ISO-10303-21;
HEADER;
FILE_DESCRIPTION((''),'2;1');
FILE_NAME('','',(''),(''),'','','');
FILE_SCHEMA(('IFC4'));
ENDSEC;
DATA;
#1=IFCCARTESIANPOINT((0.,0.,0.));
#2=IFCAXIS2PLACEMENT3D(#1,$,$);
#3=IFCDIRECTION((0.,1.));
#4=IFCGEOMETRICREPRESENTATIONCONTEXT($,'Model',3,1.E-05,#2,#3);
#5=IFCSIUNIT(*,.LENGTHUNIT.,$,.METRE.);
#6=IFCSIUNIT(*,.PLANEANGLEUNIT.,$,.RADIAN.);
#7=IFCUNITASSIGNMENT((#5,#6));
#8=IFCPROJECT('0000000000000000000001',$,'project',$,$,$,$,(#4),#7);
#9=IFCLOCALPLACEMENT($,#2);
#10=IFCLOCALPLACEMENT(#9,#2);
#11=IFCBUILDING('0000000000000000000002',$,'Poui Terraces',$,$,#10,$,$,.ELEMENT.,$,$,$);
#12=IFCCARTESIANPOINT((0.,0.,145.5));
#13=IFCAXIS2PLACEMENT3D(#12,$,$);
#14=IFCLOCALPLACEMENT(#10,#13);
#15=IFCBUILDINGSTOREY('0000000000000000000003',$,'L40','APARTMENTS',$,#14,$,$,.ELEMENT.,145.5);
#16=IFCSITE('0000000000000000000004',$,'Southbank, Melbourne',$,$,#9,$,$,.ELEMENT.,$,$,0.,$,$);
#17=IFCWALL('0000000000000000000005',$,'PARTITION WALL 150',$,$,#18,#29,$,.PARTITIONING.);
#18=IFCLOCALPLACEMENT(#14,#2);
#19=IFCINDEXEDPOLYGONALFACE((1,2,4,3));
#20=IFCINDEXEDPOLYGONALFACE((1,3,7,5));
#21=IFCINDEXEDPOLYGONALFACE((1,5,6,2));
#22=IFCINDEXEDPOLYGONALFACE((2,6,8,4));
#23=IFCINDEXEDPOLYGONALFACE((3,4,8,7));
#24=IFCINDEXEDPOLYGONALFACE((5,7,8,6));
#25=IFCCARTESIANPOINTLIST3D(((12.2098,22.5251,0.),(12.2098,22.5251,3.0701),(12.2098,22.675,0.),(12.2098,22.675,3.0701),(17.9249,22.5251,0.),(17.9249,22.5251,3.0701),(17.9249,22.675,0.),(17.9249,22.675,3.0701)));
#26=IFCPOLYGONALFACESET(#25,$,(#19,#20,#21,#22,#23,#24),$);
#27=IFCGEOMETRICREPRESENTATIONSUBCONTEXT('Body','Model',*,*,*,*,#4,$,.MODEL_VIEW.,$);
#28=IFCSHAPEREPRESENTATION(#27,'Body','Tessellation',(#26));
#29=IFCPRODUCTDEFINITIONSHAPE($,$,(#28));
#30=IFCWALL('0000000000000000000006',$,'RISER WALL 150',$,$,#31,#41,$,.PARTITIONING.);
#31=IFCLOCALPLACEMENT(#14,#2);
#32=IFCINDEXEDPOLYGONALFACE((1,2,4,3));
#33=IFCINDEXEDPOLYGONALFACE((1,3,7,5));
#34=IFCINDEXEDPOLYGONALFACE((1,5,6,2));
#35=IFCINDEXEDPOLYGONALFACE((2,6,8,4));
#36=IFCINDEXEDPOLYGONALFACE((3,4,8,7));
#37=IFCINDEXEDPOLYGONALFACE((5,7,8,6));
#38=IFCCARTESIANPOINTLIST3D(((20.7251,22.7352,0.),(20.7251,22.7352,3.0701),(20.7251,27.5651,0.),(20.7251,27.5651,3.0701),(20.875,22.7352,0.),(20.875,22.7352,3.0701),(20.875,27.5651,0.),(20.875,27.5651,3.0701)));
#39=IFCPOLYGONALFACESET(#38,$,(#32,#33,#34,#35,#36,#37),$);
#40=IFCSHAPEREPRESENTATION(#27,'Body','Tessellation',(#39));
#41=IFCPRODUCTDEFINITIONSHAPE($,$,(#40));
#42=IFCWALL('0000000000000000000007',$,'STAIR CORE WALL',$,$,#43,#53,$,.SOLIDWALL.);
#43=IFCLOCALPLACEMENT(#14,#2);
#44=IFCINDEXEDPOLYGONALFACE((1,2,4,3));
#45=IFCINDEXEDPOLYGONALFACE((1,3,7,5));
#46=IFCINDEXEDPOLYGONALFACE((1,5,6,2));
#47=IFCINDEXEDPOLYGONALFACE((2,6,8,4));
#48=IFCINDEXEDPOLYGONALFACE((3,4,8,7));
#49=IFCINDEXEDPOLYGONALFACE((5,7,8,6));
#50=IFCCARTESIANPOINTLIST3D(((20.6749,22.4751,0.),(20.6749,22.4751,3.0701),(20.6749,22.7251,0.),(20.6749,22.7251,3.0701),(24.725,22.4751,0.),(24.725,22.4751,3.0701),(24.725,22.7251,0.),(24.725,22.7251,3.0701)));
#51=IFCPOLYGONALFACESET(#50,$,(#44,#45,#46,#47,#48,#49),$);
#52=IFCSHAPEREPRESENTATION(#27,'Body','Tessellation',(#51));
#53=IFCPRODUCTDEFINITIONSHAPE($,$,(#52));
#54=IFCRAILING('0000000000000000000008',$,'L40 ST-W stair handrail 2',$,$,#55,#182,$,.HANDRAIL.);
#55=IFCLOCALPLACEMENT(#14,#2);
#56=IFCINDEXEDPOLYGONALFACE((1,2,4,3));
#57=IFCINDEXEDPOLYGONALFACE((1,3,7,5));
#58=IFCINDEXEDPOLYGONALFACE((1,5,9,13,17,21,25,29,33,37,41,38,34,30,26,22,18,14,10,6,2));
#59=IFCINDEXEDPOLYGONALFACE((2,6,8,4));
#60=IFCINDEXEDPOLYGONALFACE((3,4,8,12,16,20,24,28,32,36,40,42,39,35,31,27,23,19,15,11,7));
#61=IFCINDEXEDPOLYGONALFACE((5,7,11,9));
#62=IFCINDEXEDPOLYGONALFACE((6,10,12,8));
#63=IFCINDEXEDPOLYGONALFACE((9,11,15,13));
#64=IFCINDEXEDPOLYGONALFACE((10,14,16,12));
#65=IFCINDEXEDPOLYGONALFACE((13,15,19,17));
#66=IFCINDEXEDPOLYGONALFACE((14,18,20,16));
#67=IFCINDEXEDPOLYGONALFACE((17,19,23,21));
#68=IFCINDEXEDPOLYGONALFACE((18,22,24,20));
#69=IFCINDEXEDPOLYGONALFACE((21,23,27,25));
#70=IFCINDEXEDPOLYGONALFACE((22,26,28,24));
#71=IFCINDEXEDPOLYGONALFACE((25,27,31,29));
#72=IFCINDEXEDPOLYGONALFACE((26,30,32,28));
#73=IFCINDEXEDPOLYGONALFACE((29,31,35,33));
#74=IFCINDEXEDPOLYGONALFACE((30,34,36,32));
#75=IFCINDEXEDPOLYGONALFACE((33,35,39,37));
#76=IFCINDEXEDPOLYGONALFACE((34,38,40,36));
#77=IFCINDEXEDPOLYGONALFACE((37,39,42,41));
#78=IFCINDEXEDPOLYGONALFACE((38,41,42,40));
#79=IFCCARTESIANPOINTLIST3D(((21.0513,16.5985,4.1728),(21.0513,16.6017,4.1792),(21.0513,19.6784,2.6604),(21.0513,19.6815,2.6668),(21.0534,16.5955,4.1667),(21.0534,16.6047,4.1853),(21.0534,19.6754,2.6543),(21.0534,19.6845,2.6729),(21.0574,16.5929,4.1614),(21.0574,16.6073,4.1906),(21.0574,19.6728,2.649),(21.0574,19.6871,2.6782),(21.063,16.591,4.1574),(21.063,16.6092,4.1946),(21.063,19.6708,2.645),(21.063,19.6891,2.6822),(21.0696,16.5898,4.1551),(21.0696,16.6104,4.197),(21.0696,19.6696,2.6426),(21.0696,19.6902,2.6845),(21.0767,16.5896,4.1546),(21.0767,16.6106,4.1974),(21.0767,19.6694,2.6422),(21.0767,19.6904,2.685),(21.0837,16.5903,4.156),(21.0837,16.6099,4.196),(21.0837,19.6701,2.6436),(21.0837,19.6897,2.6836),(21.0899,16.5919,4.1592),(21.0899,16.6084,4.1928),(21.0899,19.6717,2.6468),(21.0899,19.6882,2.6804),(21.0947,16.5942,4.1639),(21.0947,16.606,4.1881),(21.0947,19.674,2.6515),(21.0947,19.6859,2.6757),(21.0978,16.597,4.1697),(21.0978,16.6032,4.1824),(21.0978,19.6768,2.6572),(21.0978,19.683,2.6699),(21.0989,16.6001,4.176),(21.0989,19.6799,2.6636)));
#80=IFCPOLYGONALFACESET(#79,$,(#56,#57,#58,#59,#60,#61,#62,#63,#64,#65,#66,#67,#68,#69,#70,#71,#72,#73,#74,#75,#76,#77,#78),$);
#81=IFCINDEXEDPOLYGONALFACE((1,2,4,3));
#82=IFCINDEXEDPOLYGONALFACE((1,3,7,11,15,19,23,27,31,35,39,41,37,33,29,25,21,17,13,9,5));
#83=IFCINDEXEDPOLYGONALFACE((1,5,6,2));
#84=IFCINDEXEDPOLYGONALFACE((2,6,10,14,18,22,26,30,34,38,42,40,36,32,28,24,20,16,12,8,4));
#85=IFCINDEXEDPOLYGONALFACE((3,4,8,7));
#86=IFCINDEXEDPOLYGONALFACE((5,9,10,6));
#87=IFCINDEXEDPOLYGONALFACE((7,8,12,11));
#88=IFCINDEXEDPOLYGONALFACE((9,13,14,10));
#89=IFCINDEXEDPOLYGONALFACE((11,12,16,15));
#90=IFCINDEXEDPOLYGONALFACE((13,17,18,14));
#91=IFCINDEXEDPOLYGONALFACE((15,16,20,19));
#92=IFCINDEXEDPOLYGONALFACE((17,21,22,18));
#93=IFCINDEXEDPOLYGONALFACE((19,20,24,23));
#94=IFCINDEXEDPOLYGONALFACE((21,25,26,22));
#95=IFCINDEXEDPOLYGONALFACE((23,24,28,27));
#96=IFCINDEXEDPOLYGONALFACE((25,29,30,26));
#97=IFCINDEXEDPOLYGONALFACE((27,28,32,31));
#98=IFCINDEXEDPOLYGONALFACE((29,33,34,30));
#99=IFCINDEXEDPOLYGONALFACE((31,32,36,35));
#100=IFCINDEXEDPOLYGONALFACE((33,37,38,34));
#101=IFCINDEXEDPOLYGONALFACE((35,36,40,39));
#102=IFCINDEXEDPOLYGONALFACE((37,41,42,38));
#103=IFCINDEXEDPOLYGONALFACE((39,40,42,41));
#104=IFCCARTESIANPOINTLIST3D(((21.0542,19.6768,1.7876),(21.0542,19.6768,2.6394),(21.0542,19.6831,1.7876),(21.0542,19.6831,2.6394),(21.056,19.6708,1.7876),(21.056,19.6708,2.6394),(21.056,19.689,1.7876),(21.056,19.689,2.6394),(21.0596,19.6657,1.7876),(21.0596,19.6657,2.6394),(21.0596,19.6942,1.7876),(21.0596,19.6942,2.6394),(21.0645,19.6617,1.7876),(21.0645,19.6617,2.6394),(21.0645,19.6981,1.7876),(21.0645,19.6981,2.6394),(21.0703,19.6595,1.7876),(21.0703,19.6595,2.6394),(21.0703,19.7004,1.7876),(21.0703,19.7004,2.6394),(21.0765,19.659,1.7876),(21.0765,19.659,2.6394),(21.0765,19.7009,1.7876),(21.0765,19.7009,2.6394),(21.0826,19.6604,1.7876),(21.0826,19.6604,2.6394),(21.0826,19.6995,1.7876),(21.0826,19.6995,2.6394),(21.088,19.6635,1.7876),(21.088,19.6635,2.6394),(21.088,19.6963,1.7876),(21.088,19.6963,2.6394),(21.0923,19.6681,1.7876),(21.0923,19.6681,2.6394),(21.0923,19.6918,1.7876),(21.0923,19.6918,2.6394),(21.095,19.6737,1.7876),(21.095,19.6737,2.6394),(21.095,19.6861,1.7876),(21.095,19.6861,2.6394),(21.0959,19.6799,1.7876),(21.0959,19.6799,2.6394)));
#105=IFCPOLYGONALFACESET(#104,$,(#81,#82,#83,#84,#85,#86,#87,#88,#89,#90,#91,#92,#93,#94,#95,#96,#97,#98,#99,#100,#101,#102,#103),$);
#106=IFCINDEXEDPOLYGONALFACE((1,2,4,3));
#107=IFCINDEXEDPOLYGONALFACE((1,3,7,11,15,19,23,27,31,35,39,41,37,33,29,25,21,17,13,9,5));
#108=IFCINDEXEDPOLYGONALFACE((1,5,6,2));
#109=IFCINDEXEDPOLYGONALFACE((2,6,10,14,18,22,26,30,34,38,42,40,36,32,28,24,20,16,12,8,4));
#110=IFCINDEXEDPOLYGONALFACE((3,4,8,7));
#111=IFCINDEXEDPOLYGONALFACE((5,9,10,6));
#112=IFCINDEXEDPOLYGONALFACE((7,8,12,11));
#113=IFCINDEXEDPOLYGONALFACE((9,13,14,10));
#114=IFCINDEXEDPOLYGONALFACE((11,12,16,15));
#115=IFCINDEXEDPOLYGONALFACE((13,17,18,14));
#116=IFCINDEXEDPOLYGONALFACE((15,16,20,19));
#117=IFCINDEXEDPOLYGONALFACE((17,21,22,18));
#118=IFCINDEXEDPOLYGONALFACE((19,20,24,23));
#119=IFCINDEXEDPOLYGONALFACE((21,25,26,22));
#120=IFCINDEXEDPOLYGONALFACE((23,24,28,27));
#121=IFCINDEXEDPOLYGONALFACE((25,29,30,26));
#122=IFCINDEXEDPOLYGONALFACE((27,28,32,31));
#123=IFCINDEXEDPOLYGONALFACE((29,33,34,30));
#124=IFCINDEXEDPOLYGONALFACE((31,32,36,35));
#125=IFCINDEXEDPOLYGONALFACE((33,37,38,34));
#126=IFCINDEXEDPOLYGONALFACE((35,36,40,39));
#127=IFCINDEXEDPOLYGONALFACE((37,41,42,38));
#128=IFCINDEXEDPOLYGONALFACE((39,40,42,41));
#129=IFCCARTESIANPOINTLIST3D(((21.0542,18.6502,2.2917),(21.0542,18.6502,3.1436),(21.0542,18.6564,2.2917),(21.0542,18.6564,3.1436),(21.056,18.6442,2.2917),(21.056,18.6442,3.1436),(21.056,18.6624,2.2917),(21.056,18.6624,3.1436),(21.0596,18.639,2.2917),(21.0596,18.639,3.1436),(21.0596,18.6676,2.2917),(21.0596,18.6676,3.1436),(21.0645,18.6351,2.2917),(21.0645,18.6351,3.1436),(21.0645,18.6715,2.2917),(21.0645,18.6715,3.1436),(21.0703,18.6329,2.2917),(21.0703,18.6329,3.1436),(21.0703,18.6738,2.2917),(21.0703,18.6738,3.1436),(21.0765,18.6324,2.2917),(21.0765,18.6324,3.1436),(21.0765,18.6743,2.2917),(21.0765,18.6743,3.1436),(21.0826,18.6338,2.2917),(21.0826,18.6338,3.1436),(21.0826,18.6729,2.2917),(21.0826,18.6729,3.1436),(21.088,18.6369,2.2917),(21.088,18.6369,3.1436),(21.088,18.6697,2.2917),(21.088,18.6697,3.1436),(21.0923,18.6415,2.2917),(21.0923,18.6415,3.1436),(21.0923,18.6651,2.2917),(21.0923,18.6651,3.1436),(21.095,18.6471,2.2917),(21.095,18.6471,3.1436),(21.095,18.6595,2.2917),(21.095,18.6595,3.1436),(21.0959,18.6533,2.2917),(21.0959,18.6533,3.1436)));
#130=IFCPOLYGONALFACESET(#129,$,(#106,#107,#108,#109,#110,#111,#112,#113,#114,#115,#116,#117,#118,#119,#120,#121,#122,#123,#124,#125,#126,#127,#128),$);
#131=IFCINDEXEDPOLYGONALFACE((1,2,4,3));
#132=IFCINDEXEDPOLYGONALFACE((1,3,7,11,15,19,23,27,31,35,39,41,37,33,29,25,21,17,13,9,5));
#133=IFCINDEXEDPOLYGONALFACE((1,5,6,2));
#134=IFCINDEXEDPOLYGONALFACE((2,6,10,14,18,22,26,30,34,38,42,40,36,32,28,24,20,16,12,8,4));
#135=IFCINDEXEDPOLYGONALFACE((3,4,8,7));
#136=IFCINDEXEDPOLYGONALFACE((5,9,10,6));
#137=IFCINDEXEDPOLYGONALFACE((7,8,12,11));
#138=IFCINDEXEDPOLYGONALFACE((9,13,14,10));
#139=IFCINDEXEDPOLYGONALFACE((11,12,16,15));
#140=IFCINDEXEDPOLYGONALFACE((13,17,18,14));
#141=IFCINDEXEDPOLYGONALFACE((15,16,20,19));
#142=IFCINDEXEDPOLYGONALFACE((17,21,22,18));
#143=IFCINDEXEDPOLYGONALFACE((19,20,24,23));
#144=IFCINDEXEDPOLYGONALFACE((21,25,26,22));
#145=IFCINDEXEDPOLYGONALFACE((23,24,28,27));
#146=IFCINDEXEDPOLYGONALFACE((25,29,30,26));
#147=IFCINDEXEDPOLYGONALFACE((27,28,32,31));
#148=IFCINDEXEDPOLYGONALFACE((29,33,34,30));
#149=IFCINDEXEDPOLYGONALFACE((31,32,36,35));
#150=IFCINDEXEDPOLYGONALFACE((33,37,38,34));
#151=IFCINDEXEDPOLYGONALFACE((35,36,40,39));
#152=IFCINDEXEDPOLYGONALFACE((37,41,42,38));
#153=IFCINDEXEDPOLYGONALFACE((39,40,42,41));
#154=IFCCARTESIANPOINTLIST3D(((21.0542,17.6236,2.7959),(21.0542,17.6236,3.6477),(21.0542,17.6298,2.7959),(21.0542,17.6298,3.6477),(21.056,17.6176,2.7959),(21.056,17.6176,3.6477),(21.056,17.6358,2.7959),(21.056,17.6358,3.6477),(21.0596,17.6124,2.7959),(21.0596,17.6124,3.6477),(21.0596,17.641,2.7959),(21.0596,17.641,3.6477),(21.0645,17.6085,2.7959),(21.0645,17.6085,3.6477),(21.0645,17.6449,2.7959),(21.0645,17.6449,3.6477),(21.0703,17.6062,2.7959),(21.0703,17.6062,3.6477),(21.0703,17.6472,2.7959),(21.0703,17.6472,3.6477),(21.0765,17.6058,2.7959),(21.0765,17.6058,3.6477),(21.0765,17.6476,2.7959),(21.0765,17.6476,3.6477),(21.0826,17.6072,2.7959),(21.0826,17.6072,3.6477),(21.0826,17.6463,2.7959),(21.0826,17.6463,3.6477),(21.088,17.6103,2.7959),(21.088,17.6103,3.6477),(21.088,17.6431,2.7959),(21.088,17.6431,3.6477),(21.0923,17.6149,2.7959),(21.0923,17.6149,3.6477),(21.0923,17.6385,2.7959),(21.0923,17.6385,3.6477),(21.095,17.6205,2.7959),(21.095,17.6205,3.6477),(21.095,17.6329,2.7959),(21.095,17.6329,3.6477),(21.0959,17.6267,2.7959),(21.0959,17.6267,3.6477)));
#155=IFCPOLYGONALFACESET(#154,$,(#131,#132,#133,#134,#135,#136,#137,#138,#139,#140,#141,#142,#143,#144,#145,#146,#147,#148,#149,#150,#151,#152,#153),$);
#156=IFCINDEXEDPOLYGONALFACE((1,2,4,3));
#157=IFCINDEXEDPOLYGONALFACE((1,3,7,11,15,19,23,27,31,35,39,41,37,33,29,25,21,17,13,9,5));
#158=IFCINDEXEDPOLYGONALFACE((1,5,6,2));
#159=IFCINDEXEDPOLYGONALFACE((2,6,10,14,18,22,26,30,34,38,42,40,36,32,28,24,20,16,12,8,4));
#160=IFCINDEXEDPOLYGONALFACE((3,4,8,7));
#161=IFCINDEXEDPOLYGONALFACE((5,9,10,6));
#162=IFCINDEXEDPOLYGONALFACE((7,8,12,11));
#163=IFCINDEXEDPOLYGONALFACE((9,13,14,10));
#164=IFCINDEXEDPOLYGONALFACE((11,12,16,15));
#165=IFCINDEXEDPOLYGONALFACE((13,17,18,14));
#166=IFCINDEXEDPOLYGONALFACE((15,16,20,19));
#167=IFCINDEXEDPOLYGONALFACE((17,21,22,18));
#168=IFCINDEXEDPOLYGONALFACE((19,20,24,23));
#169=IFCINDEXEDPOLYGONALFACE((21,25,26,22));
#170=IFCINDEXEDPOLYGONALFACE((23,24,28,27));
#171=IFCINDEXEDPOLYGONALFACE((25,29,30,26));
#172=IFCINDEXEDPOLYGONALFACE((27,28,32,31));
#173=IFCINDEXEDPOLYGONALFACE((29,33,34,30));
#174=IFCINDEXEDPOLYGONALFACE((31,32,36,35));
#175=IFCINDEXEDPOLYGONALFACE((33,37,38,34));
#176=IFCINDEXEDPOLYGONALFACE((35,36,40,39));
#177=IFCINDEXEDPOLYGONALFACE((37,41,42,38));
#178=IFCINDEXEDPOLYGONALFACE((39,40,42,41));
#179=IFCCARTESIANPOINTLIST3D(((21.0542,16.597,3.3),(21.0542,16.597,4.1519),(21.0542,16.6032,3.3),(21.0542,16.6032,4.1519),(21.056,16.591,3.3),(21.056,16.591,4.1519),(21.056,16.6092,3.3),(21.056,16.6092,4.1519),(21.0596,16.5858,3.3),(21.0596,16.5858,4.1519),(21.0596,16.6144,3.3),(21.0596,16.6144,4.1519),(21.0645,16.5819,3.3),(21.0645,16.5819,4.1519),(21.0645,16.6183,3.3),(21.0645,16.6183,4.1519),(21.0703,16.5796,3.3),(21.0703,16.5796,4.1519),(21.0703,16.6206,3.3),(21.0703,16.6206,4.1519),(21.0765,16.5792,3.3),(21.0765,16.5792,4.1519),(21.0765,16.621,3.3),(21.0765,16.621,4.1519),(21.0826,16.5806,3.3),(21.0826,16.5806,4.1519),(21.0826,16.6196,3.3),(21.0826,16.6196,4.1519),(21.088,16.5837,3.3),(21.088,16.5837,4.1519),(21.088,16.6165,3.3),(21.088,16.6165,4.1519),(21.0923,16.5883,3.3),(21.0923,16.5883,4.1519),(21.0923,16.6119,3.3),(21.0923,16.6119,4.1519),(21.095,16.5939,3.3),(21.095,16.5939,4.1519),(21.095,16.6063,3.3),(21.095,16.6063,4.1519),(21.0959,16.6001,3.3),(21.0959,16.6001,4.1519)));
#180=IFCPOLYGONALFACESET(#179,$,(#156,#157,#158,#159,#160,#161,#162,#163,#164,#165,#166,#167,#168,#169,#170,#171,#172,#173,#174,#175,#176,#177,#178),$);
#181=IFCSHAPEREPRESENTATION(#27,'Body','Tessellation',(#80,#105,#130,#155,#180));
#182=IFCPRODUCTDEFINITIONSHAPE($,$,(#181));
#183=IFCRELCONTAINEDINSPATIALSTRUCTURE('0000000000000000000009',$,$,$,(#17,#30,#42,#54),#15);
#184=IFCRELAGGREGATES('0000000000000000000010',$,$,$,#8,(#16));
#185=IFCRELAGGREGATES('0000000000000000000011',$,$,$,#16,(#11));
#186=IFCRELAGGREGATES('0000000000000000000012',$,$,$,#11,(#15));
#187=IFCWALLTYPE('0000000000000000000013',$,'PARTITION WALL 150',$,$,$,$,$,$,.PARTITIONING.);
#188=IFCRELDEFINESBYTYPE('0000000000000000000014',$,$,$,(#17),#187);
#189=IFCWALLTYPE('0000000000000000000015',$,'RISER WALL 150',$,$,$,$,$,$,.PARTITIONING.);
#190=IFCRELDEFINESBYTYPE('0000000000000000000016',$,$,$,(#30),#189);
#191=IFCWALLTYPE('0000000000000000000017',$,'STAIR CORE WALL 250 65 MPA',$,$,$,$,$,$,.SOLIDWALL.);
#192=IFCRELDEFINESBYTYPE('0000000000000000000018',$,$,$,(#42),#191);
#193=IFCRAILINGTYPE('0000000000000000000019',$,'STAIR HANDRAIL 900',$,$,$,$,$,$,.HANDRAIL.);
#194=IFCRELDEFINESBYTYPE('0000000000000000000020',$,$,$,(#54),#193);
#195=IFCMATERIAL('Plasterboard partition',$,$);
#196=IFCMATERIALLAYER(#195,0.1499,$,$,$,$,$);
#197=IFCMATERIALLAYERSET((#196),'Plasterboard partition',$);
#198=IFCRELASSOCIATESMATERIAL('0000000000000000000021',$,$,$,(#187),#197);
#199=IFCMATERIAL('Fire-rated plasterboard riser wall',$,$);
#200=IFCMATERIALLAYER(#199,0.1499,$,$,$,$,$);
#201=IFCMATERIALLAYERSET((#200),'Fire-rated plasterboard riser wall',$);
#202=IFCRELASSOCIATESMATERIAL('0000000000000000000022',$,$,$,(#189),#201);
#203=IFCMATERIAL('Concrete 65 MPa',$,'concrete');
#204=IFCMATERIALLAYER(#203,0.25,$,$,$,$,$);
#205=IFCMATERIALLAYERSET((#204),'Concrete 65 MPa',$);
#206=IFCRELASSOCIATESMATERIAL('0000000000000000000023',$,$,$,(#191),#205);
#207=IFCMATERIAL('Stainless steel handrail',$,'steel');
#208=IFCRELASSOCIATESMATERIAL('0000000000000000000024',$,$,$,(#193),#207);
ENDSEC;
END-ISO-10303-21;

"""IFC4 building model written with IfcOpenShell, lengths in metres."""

from ifc_helpers import new_model, si_unit, direction, frame, frame_2d, origin, origin_2d, place, context, subcontext, project, spatial, rectangle, circle, extrude, material, layer, layer_set, type_object, element, save


model = new_model("IFC4")

# Units and contexts
model_context = context("Model", 3, precision=1e-05, world=origin(), true_north=direction((0.0, 1.0)))
body_context = subcontext(model_context, "Body", "Model", "MODEL_VIEW")
ifc_project = project(units=[si_unit("LENGTHUNIT", "METRE"), si_unit("PLANEANGLEUNIT", "RADIAN")], contexts=[model_context])

# Site, building, storey
site_placement = place(None, origin())
site = spatial("IfcSite", under=ifc_project, at=site_placement, Name="Southbank, Melbourne", CompositionType="ELEMENT", RefElevation=0.0)
building_placement = place(site_placement, origin())
building = spatial("IfcBuilding", under=site, at=building_placement, Name="Poui Terraces", CompositionType="ELEMENT")
storey_placement = place(building_placement, frame((0.0, 0.0, 145.5)))
storey = spatial("IfcBuildingStorey", under=building, at=storey_placement, Name="L40", Description="APARTMENTS", CompositionType="ELEMENT", Elevation=145.5)

# Walls
ifc_material_1 = material(Name="Plasterboard partition")
ifc_layer_1 = layer(ifc_material_1, 0.1499)
ifc_layer_set_1 = layer_set([ifc_layer_1], Name="Plasterboard partition")
wall_type_1 = type_object("IfcWallType", Name="PARTITION WALL 150", PredefinedType="PARTITIONING", material=ifc_layer_set_1)
wall_1_placement = place(storey_placement, frame((12.21, 22.6001, 0.0), z_axis=(0.0, 0.0, 1.0), x_axis=(1.0, 0.0, 0.0)))
element("IfcWall", 1, at=wall_1_placement, inside=storey, type_object=wall_type_1, Name="PARTITION WALL 150", PredefinedType="PARTITIONING", context=body_context, shape_type="SweptSolid", body=[
    extrude(rectangle(XDim=5.7151, YDim=0.1499, at=frame_2d((2.8574, 0.0))), origin(), (0.0, 0.0, 1.0), 3.0701),
])
ifc_material_2 = material(Name="Fire-rated plasterboard riser wall")
ifc_layer_2 = layer(ifc_material_2, 0.1499)
ifc_layer_set_2 = layer_set([ifc_layer_2], Name="Fire-rated plasterboard riser wall")
wall_type_2 = type_object("IfcWallType", Name="RISER WALL 150", PredefinedType="PARTITIONING", material=ifc_layer_set_2)
wall_2_placement = place(storey_placement, frame((20.8, 22.7351, 0.0), z_axis=(0.0, 0.0, 1.0), x_axis=(0.0, 1.0, 0.0)))
element("IfcWall", 2, at=wall_2_placement, inside=storey, type_object=wall_type_2, Name="RISER WALL 150", PredefinedType="PARTITIONING", context=body_context, shape_type="SweptSolid", body=[
    extrude(rectangle(XDim=4.8298, YDim=0.1499, at=frame_2d((2.415, 0.0))), origin(), (0.0, 0.0, 1.0), 3.0701),
])

# Shared definitions
ifc_material_3 = material(Name="Concrete 65 MPa", Category="concrete")

# Wall
ifc_layer_3 = layer(ifc_material_3, 0.25)
ifc_layer_set_3 = layer_set([ifc_layer_3], Name="Concrete 65 MPa")
wall_type_3 = type_object("IfcWallType", Name="STAIR CORE WALL 250 65 MPA", PredefinedType="SOLIDWALL", material=ifc_layer_set_3)
wall_3_placement = place(storey_placement, frame((20.675, 22.6001, 0.0), z_axis=(0.0, 0.0, 1.0), x_axis=(1.0, 0.0, 0.0)))
element("IfcWall", 3, at=wall_3_placement, inside=storey, type_object=wall_type_3, Name="STAIR CORE WALL", PredefinedType="SOLIDWALL", context=body_context, shape_type="SweptSolid", body=[
    extrude(rectangle(XDim=4.05, YDim=0.25, at=frame_2d((2.0249, 0.0))), origin(), (0.0, 0.0, 1.0), 3.0701),
])

# Railing
ifc_material_4 = material(Name="Stainless steel handrail", Category="steel")
railing_type = type_object("IfcRailingType", Name="STAIR HANDRAIL 900", PredefinedType="HANDRAIL", material=ifc_material_4)
railing_placement = place(storey_placement, frame((21.075, 19.6799, 1.7876)))
element("IfcRailing", 4, at=railing_placement, inside=storey, type_object=railing_type, Name="L40 ST-W stair handrail 2", PredefinedType="HANDRAIL", context=body_context, shape_type="SweptSolid", body=[
    extrude(circle(Radius=0.0239, at=origin_2d()), frame((0.0, 0.0, 0.876), z_axis=(0.0, -0.897606, 0.440798), x_axis=(1.0, 0.0, 0.0)), (0.0, 0.0, 1.0), 3.4312),
    extrude(circle(Radius=0.021, at=origin_2d()), origin(), (0.0, 0.0, 1.0), 0.8518),
    extrude(circle(Radius=0.021, at=origin_2d()), frame((0.0, -1.0266, 0.5042)), (0.0, 0.0, 1.0), 0.8518),
    extrude(circle(Radius=0.021, at=origin_2d()), frame((0.0, -2.0532, 1.0083)), (0.0, 0.0, 1.0), 0.8518),
    extrude(circle(Radius=0.021, at=origin_2d()), frame((0.0, -3.0798, 1.5125)), (0.0, 0.0, 1.0), 0.8518),
])

save(model, "model.ifc")
